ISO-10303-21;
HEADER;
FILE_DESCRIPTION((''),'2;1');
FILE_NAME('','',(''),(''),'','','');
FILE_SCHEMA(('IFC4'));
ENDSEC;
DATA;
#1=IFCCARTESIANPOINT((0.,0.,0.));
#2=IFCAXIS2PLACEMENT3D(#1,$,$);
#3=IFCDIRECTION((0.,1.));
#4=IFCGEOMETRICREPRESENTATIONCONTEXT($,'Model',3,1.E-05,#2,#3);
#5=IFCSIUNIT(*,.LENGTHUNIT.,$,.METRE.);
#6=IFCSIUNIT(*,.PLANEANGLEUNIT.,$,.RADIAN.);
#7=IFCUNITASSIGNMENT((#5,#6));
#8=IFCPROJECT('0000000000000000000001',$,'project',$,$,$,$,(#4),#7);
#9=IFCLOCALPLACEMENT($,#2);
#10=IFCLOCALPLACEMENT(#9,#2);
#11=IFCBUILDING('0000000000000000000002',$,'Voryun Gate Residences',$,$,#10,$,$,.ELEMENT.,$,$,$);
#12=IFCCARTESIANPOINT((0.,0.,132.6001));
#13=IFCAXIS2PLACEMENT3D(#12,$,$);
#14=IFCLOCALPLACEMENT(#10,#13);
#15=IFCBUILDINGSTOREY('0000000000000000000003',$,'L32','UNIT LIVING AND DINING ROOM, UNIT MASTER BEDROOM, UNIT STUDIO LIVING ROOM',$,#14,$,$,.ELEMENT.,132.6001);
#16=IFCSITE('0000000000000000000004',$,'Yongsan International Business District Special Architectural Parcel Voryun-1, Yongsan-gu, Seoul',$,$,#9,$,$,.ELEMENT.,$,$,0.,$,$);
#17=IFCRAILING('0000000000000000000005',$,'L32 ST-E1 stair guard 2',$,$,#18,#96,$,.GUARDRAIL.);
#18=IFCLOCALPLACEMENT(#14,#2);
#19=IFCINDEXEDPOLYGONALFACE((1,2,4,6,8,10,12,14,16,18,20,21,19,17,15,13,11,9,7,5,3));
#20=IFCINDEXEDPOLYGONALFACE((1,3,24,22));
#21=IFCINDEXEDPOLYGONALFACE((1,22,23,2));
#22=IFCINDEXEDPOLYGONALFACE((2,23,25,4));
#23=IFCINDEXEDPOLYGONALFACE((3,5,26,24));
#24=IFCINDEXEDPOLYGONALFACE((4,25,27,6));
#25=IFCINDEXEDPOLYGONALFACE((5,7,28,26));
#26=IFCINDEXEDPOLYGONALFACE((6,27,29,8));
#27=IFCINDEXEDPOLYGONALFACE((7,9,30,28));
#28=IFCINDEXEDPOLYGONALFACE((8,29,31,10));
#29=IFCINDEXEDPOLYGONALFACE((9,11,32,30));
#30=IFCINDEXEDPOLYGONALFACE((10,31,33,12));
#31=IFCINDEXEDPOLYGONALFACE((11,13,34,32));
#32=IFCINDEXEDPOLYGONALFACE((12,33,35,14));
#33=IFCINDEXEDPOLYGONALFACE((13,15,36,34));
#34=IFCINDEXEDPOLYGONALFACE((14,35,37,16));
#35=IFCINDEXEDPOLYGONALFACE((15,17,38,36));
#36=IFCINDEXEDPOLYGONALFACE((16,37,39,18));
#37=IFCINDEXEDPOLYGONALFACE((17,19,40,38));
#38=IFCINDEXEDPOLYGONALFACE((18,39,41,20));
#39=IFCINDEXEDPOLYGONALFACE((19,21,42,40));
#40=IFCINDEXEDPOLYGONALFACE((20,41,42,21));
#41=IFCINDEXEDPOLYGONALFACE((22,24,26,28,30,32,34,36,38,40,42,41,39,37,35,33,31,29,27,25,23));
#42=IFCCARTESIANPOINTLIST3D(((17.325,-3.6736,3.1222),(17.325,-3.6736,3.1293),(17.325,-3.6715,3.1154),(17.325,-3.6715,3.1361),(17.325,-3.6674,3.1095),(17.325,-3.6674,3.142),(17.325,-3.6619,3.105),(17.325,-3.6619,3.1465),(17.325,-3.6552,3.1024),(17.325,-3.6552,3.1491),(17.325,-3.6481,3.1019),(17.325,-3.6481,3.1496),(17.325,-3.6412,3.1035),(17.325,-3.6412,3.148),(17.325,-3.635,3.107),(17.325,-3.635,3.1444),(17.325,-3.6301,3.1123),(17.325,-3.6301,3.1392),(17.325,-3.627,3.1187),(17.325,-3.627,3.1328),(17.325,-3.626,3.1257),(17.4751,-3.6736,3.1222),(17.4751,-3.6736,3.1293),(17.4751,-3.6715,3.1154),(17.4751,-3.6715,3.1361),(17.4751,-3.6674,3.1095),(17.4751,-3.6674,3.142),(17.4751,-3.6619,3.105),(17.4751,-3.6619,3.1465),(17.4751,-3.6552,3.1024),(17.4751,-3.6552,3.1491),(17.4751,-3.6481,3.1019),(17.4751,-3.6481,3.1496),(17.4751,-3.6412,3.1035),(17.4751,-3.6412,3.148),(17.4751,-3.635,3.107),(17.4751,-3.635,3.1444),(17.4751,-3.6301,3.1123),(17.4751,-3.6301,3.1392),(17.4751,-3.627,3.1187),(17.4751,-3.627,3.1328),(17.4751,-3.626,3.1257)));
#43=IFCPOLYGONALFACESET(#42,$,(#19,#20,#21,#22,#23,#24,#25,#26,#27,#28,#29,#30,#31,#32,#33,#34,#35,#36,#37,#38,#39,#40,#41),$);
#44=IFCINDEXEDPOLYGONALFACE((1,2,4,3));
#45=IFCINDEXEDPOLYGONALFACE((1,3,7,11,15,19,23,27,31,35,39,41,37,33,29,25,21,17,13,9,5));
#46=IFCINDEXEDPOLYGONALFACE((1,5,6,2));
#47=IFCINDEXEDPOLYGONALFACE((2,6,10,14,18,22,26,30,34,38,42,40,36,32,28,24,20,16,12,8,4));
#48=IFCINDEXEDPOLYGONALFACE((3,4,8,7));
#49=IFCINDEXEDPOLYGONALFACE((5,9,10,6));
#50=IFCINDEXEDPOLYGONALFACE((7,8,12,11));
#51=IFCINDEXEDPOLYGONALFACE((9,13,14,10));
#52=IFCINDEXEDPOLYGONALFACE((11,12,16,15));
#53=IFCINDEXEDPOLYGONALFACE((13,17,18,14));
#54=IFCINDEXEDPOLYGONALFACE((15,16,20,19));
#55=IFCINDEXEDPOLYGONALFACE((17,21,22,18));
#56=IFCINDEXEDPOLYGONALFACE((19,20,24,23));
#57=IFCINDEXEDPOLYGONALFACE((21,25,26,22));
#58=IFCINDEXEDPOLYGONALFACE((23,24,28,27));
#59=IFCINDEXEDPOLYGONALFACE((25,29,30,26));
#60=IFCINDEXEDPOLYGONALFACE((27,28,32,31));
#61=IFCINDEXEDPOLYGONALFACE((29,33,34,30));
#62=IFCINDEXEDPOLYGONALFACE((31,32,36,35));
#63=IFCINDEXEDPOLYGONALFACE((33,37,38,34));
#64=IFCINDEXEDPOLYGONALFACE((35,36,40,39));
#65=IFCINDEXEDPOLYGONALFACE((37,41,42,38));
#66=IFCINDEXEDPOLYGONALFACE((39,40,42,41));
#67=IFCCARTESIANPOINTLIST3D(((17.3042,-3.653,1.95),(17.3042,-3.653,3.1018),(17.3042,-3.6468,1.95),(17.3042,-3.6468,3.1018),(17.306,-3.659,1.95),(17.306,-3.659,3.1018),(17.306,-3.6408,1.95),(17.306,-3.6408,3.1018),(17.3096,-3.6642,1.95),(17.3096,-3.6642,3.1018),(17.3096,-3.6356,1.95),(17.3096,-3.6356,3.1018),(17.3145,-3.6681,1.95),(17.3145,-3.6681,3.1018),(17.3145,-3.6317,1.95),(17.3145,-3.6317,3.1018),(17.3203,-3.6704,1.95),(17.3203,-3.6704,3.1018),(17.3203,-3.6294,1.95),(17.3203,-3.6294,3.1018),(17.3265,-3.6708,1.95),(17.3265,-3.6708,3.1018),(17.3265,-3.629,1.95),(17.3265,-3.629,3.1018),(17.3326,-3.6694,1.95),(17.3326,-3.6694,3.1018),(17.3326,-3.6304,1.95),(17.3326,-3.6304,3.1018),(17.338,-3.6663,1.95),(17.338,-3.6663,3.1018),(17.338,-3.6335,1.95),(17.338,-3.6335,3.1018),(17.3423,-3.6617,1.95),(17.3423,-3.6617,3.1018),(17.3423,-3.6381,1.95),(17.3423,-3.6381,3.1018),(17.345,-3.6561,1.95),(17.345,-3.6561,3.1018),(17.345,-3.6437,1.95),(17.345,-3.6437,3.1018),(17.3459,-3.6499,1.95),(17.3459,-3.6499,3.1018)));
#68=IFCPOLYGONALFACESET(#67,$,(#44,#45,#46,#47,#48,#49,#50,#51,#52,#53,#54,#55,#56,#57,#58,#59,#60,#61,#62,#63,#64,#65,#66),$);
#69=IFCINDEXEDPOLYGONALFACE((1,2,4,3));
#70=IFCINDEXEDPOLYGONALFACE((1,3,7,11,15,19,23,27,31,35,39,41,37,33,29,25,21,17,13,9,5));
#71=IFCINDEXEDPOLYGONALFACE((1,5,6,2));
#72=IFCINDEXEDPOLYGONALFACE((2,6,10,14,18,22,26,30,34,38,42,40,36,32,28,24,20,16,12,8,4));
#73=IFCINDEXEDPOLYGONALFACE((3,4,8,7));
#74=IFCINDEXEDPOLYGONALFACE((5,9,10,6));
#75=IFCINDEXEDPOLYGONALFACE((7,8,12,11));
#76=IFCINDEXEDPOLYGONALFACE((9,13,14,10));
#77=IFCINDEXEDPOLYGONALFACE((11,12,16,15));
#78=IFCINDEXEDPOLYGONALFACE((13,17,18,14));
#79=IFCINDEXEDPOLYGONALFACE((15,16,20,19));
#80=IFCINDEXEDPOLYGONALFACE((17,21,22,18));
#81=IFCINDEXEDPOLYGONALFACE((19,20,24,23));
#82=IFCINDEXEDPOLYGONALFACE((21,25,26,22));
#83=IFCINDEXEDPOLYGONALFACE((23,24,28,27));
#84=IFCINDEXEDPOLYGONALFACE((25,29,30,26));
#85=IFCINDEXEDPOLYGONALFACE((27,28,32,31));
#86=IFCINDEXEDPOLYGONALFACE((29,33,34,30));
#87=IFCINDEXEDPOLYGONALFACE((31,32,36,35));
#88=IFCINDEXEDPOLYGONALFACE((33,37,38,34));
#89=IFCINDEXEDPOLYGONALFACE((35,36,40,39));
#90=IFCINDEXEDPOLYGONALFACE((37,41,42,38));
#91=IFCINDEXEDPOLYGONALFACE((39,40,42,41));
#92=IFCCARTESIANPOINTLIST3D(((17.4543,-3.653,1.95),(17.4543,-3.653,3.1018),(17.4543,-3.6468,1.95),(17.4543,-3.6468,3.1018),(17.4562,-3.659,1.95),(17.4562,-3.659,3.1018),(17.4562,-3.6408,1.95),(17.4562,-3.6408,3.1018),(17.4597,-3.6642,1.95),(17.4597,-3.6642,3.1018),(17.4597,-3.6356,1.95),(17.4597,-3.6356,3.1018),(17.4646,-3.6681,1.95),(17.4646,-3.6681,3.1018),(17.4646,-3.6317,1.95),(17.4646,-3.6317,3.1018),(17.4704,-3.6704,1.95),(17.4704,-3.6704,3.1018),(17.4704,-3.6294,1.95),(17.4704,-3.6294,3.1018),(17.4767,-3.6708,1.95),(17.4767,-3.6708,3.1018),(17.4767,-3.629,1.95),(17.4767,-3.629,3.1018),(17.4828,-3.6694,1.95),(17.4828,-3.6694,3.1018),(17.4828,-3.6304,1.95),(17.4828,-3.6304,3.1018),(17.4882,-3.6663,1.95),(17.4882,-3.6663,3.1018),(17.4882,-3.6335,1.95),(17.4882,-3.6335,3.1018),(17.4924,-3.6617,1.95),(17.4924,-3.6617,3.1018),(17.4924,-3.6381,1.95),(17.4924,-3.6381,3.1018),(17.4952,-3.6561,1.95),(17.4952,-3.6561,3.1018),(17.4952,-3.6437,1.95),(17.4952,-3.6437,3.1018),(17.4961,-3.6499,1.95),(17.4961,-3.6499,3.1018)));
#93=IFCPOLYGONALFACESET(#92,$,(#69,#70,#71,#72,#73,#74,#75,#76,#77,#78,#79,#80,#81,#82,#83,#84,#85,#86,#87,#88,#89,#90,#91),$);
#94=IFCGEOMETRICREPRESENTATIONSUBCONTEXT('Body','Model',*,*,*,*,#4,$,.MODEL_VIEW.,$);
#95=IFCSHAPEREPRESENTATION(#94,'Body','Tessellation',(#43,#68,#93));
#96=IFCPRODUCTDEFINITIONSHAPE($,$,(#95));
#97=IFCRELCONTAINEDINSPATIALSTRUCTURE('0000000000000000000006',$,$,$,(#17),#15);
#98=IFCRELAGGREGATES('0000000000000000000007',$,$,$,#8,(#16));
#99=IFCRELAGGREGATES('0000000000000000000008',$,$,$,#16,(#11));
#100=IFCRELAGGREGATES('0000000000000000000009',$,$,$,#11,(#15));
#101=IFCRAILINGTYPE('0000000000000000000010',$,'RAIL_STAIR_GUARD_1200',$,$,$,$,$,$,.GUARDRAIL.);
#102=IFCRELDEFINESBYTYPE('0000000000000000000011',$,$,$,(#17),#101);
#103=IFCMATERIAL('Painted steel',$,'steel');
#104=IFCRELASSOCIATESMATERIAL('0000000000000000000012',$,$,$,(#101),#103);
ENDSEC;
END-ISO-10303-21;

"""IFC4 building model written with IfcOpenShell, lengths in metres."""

from ifc_helpers import new_model, si_unit, direction, frame, origin, origin_2d, place, context, subcontext, project, spatial, circle, extrude, material, type_object, element, save


model = new_model("IFC4")

# Units and contexts
model_context = context("Model", 3, precision=1e-05, world=origin(), true_north=direction((0.0, 1.0)))
body_context = subcontext(model_context, "Body", "Model", "MODEL_VIEW")
ifc_project = project(units=[si_unit("LENGTHUNIT", "METRE"), si_unit("PLANEANGLEUNIT", "RADIAN")], contexts=[model_context])

# Site, building, storey
site_placement = place(None, origin())
site = spatial("IfcSite", under=ifc_project, at=site_placement, Name="Yongsan International Business District Special Architectural Parcel Voryun-1, Yongsan-gu, Seoul", CompositionType="ELEMENT", RefElevation=0.0)
building_placement = place(site_placement, origin())
building = spatial("IfcBuilding", under=site, at=building_placement, Name="Voryun Gate Residences", CompositionType="ELEMENT")
storey_placement = place(building_placement, frame((0.0, 0.0, 132.6001)))
storey = spatial("IfcBuildingStorey", under=building, at=storey_placement, Name="L32", Description="UNIT LIVING AND DINING ROOM, UNIT MASTER BEDROOM, UNIT STUDIO LIVING ROOM", CompositionType="ELEMENT", Elevation=132.6001)

# Railing
ifc_material_1 = material(Name="Painted steel", Category="steel")
railing_type_1 = type_object("IfcRailingType", Name="RAIL_STAIR_GUARD_1200", PredefinedType="GUARDRAIL", material=ifc_material_1)
railing_1_placement = place(storey_placement, frame((17.325, -3.6499, 1.95)))
element("IfcRailing", 1, at=railing_1_placement, inside=storey, type_object=railing_type_1, Name="L32 ST-E1 stair guard 2", PredefinedType="GUARDRAIL", context=body_context, shape_type="SweptSolid", body=[
    extrude(circle(Radius=0.0239, at=origin_2d()), frame((0.0, 0.0, 1.1758), z_axis=(1.0, 0.0, 0.0), x_axis=(0.0, 1.0, 0.0)), (0.0, 0.0, 1.0), 0.1501),
    extrude(circle(Radius=0.021, at=origin_2d()), origin(), (0.0, 0.0, 1.0), 1.1519),
    extrude(circle(Radius=0.021, at=origin_2d()), frame((0.1501, 0.0, 0.0)), (0.0, 0.0, 1.0), 1.1519),
])

save(model, "model.ifc")
